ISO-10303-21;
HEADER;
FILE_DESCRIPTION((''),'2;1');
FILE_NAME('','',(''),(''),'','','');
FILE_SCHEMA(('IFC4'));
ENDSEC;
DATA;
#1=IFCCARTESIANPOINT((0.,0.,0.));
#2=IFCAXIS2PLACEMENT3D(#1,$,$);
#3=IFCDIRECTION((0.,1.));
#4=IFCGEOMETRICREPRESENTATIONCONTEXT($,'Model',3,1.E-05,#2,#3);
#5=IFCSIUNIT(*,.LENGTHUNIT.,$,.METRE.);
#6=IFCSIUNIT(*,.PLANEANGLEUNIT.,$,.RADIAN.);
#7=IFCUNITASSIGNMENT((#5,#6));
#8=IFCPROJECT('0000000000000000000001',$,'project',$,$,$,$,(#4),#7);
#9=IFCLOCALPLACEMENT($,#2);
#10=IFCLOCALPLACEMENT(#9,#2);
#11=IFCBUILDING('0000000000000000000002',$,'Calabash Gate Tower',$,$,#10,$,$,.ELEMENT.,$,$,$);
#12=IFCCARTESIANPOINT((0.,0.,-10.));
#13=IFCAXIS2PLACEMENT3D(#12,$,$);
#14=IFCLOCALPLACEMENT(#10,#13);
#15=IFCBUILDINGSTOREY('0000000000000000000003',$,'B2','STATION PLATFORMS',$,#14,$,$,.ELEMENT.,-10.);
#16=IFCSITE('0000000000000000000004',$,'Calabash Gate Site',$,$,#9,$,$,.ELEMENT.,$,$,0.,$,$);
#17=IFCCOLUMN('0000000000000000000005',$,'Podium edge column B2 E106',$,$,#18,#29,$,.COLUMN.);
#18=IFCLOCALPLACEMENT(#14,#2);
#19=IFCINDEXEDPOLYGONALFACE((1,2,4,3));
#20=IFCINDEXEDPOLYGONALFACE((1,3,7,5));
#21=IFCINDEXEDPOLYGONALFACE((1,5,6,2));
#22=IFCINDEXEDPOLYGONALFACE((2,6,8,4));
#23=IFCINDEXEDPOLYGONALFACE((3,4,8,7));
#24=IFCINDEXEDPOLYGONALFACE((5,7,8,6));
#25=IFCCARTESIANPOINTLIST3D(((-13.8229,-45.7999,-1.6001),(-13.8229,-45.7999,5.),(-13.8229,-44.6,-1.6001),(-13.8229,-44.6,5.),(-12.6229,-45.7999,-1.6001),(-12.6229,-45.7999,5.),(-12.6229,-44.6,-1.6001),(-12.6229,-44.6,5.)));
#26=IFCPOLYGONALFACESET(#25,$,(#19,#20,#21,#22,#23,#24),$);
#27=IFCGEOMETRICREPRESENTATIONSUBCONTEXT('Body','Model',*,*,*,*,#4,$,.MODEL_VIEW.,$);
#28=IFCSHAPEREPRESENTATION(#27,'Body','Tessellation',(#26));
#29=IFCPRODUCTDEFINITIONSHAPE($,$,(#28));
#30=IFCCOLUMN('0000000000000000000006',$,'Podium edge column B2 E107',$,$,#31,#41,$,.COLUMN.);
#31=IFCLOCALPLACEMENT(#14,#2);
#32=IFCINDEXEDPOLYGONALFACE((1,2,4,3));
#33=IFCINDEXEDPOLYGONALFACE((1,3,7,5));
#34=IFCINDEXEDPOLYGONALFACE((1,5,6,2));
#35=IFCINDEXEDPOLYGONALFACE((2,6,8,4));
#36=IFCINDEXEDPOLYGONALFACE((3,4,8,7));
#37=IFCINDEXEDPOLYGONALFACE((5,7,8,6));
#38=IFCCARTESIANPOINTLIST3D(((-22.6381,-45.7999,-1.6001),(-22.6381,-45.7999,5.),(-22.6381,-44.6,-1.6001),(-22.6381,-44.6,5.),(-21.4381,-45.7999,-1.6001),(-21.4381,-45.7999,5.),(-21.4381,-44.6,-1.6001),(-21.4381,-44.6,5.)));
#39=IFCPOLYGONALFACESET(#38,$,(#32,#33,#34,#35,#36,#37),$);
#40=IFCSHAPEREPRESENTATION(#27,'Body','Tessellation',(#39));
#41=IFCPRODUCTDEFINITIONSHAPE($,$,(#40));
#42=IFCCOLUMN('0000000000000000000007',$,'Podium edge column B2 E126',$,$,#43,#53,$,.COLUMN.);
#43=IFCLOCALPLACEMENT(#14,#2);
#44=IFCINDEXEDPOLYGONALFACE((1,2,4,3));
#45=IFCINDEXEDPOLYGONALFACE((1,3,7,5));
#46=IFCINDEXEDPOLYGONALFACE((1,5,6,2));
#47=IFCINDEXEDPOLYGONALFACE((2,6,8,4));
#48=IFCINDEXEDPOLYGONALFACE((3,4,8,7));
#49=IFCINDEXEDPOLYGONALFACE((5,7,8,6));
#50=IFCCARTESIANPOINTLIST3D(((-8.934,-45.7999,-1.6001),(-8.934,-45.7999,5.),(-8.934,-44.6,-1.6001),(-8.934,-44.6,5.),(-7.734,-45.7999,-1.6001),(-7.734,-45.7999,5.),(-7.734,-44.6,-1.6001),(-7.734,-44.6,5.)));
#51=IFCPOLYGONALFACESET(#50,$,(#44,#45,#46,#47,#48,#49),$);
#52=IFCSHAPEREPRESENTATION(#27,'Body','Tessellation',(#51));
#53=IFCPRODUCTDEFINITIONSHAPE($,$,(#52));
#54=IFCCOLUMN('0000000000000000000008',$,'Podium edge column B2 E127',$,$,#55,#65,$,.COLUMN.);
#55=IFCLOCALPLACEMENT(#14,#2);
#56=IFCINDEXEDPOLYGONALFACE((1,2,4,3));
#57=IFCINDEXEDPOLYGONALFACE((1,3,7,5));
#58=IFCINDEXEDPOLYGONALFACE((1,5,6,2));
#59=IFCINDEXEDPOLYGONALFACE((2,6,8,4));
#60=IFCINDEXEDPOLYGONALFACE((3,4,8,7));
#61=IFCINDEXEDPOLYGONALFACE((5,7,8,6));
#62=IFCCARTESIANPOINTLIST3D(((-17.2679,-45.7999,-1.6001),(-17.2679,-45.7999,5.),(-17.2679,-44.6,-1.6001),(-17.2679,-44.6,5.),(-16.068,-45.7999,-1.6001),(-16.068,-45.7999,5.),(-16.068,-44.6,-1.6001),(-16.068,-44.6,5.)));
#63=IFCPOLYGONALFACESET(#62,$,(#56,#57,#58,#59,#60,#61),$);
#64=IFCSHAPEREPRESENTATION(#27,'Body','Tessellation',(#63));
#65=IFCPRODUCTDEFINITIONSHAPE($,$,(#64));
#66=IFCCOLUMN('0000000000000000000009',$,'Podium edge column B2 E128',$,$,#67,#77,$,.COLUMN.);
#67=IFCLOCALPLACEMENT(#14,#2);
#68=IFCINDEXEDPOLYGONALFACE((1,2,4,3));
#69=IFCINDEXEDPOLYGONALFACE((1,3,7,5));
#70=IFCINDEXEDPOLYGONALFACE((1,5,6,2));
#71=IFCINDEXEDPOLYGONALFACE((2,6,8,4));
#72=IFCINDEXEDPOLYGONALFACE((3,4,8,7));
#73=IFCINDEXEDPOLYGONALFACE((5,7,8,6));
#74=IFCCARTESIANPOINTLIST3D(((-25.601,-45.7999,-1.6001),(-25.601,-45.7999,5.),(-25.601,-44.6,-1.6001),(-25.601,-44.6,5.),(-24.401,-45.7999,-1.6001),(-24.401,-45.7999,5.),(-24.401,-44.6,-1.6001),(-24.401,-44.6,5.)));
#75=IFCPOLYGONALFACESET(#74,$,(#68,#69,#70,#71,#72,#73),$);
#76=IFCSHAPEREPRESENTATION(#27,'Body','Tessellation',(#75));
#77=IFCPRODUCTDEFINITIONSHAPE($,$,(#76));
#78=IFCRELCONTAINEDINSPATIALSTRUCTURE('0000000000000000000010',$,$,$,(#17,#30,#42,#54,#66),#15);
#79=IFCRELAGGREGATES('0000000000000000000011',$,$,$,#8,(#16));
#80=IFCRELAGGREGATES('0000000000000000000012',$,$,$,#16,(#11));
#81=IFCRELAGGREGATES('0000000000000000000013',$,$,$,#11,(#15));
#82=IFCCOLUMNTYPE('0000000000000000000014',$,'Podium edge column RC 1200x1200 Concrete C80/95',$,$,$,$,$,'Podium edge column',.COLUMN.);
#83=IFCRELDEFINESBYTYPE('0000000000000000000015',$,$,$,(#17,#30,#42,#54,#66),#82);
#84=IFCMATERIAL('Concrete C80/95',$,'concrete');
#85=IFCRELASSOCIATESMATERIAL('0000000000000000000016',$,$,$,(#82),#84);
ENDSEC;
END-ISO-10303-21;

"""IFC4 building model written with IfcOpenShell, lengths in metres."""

from ifc_helpers import new_model, si_unit, direction, frame, origin, origin_2d, place, context, subcontext, project, spatial, rectangle, extrude, material, material_profile, profile_set, type_object, element, save


model = new_model("IFC4")

# Units and contexts
model_context = context("Model", 3, precision=1e-05, world=origin(), true_north=direction((0.0, 1.0)))
body_context = subcontext(model_context, "Body", "Model", "MODEL_VIEW")
ifc_project = project(units=[si_unit("LENGTHUNIT", "METRE"), si_unit("PLANEANGLEUNIT", "RADIAN")], contexts=[model_context])

# Site, building, storey
site_placement = place(None, origin())
site = spatial("IfcSite", under=ifc_project, at=site_placement, Name="Calabash Gate Site", CompositionType="ELEMENT", RefElevation=0.0)
building_placement = place(site_placement, origin())
building = spatial("IfcBuilding", under=site, at=building_placement, Name="Calabash Gate Tower", CompositionType="ELEMENT")
storey_placement = place(building_placement, frame((0.0, 0.0, -10.0)))
storey = spatial("IfcBuildingStorey", under=building, at=storey_placement, Name="B2", Description="STATION PLATFORMS", CompositionType="ELEMENT", Elevation=-10.0)

# Columns
ifc_material_1 = material(Name="Concrete C80/95", Category="concrete")
ifc_material_profile_1 = material_profile(ifc_material_1, rectangle(XDim=1.2, YDim=1.2, at=origin_2d()))
ifc_profile_set_1 = profile_set([ifc_material_profile_1], Name="Concrete C80/95")
column_type_1 = type_object("IfcColumnType", Name="Podium edge column RC 1200x1200 Concrete C80/95", ElementType="Podium edge column", PredefinedType="COLUMN", material=ifc_profile_set_1)
for number, where, z_axis, x_axis, name in (
    (1, (-13.2229, -45.2, -1.6001), (0.0, 0.0, 1.0), (1.0, 0.0, 0.0), "Podium edge column B2 E106"),
    (2, (-22.0381, -45.2, -1.6001), (0.0, 0.0, 1.0), (1.0, 0.0, 0.0), "Podium edge column B2 E107"),
    (3, (-8.334, -45.2, -1.6001), (0.0, 0.0, 1.0), (1.0, 0.0, 0.0), "Podium edge column B2 E126"),
    (4, (-16.668, -45.2, -1.6001), (0.0, 0.0, 1.0), (1.0, 0.0, 0.0), "Podium edge column B2 E127"),
    (5, (-25.001, -45.2, -1.6001), (0.0, 0.0, 1.0), (1.0, 0.0, 0.0), "Podium edge column B2 E128"),
):
    element("IfcColumn", number, at=place(storey_placement, frame(where, z_axis=z_axis, x_axis=x_axis)), inside=storey, type_object=column_type_1, Name=name, PredefinedType="COLUMN", context=body_context, shape_type="SweptSolid", body=[
        extrude(rectangle(XDim=1.2, YDim=1.2, at=origin_2d()), origin(), (0.0, 0.0, 1.0), 6.6001),
    ])

save(model, "model.ifc")
